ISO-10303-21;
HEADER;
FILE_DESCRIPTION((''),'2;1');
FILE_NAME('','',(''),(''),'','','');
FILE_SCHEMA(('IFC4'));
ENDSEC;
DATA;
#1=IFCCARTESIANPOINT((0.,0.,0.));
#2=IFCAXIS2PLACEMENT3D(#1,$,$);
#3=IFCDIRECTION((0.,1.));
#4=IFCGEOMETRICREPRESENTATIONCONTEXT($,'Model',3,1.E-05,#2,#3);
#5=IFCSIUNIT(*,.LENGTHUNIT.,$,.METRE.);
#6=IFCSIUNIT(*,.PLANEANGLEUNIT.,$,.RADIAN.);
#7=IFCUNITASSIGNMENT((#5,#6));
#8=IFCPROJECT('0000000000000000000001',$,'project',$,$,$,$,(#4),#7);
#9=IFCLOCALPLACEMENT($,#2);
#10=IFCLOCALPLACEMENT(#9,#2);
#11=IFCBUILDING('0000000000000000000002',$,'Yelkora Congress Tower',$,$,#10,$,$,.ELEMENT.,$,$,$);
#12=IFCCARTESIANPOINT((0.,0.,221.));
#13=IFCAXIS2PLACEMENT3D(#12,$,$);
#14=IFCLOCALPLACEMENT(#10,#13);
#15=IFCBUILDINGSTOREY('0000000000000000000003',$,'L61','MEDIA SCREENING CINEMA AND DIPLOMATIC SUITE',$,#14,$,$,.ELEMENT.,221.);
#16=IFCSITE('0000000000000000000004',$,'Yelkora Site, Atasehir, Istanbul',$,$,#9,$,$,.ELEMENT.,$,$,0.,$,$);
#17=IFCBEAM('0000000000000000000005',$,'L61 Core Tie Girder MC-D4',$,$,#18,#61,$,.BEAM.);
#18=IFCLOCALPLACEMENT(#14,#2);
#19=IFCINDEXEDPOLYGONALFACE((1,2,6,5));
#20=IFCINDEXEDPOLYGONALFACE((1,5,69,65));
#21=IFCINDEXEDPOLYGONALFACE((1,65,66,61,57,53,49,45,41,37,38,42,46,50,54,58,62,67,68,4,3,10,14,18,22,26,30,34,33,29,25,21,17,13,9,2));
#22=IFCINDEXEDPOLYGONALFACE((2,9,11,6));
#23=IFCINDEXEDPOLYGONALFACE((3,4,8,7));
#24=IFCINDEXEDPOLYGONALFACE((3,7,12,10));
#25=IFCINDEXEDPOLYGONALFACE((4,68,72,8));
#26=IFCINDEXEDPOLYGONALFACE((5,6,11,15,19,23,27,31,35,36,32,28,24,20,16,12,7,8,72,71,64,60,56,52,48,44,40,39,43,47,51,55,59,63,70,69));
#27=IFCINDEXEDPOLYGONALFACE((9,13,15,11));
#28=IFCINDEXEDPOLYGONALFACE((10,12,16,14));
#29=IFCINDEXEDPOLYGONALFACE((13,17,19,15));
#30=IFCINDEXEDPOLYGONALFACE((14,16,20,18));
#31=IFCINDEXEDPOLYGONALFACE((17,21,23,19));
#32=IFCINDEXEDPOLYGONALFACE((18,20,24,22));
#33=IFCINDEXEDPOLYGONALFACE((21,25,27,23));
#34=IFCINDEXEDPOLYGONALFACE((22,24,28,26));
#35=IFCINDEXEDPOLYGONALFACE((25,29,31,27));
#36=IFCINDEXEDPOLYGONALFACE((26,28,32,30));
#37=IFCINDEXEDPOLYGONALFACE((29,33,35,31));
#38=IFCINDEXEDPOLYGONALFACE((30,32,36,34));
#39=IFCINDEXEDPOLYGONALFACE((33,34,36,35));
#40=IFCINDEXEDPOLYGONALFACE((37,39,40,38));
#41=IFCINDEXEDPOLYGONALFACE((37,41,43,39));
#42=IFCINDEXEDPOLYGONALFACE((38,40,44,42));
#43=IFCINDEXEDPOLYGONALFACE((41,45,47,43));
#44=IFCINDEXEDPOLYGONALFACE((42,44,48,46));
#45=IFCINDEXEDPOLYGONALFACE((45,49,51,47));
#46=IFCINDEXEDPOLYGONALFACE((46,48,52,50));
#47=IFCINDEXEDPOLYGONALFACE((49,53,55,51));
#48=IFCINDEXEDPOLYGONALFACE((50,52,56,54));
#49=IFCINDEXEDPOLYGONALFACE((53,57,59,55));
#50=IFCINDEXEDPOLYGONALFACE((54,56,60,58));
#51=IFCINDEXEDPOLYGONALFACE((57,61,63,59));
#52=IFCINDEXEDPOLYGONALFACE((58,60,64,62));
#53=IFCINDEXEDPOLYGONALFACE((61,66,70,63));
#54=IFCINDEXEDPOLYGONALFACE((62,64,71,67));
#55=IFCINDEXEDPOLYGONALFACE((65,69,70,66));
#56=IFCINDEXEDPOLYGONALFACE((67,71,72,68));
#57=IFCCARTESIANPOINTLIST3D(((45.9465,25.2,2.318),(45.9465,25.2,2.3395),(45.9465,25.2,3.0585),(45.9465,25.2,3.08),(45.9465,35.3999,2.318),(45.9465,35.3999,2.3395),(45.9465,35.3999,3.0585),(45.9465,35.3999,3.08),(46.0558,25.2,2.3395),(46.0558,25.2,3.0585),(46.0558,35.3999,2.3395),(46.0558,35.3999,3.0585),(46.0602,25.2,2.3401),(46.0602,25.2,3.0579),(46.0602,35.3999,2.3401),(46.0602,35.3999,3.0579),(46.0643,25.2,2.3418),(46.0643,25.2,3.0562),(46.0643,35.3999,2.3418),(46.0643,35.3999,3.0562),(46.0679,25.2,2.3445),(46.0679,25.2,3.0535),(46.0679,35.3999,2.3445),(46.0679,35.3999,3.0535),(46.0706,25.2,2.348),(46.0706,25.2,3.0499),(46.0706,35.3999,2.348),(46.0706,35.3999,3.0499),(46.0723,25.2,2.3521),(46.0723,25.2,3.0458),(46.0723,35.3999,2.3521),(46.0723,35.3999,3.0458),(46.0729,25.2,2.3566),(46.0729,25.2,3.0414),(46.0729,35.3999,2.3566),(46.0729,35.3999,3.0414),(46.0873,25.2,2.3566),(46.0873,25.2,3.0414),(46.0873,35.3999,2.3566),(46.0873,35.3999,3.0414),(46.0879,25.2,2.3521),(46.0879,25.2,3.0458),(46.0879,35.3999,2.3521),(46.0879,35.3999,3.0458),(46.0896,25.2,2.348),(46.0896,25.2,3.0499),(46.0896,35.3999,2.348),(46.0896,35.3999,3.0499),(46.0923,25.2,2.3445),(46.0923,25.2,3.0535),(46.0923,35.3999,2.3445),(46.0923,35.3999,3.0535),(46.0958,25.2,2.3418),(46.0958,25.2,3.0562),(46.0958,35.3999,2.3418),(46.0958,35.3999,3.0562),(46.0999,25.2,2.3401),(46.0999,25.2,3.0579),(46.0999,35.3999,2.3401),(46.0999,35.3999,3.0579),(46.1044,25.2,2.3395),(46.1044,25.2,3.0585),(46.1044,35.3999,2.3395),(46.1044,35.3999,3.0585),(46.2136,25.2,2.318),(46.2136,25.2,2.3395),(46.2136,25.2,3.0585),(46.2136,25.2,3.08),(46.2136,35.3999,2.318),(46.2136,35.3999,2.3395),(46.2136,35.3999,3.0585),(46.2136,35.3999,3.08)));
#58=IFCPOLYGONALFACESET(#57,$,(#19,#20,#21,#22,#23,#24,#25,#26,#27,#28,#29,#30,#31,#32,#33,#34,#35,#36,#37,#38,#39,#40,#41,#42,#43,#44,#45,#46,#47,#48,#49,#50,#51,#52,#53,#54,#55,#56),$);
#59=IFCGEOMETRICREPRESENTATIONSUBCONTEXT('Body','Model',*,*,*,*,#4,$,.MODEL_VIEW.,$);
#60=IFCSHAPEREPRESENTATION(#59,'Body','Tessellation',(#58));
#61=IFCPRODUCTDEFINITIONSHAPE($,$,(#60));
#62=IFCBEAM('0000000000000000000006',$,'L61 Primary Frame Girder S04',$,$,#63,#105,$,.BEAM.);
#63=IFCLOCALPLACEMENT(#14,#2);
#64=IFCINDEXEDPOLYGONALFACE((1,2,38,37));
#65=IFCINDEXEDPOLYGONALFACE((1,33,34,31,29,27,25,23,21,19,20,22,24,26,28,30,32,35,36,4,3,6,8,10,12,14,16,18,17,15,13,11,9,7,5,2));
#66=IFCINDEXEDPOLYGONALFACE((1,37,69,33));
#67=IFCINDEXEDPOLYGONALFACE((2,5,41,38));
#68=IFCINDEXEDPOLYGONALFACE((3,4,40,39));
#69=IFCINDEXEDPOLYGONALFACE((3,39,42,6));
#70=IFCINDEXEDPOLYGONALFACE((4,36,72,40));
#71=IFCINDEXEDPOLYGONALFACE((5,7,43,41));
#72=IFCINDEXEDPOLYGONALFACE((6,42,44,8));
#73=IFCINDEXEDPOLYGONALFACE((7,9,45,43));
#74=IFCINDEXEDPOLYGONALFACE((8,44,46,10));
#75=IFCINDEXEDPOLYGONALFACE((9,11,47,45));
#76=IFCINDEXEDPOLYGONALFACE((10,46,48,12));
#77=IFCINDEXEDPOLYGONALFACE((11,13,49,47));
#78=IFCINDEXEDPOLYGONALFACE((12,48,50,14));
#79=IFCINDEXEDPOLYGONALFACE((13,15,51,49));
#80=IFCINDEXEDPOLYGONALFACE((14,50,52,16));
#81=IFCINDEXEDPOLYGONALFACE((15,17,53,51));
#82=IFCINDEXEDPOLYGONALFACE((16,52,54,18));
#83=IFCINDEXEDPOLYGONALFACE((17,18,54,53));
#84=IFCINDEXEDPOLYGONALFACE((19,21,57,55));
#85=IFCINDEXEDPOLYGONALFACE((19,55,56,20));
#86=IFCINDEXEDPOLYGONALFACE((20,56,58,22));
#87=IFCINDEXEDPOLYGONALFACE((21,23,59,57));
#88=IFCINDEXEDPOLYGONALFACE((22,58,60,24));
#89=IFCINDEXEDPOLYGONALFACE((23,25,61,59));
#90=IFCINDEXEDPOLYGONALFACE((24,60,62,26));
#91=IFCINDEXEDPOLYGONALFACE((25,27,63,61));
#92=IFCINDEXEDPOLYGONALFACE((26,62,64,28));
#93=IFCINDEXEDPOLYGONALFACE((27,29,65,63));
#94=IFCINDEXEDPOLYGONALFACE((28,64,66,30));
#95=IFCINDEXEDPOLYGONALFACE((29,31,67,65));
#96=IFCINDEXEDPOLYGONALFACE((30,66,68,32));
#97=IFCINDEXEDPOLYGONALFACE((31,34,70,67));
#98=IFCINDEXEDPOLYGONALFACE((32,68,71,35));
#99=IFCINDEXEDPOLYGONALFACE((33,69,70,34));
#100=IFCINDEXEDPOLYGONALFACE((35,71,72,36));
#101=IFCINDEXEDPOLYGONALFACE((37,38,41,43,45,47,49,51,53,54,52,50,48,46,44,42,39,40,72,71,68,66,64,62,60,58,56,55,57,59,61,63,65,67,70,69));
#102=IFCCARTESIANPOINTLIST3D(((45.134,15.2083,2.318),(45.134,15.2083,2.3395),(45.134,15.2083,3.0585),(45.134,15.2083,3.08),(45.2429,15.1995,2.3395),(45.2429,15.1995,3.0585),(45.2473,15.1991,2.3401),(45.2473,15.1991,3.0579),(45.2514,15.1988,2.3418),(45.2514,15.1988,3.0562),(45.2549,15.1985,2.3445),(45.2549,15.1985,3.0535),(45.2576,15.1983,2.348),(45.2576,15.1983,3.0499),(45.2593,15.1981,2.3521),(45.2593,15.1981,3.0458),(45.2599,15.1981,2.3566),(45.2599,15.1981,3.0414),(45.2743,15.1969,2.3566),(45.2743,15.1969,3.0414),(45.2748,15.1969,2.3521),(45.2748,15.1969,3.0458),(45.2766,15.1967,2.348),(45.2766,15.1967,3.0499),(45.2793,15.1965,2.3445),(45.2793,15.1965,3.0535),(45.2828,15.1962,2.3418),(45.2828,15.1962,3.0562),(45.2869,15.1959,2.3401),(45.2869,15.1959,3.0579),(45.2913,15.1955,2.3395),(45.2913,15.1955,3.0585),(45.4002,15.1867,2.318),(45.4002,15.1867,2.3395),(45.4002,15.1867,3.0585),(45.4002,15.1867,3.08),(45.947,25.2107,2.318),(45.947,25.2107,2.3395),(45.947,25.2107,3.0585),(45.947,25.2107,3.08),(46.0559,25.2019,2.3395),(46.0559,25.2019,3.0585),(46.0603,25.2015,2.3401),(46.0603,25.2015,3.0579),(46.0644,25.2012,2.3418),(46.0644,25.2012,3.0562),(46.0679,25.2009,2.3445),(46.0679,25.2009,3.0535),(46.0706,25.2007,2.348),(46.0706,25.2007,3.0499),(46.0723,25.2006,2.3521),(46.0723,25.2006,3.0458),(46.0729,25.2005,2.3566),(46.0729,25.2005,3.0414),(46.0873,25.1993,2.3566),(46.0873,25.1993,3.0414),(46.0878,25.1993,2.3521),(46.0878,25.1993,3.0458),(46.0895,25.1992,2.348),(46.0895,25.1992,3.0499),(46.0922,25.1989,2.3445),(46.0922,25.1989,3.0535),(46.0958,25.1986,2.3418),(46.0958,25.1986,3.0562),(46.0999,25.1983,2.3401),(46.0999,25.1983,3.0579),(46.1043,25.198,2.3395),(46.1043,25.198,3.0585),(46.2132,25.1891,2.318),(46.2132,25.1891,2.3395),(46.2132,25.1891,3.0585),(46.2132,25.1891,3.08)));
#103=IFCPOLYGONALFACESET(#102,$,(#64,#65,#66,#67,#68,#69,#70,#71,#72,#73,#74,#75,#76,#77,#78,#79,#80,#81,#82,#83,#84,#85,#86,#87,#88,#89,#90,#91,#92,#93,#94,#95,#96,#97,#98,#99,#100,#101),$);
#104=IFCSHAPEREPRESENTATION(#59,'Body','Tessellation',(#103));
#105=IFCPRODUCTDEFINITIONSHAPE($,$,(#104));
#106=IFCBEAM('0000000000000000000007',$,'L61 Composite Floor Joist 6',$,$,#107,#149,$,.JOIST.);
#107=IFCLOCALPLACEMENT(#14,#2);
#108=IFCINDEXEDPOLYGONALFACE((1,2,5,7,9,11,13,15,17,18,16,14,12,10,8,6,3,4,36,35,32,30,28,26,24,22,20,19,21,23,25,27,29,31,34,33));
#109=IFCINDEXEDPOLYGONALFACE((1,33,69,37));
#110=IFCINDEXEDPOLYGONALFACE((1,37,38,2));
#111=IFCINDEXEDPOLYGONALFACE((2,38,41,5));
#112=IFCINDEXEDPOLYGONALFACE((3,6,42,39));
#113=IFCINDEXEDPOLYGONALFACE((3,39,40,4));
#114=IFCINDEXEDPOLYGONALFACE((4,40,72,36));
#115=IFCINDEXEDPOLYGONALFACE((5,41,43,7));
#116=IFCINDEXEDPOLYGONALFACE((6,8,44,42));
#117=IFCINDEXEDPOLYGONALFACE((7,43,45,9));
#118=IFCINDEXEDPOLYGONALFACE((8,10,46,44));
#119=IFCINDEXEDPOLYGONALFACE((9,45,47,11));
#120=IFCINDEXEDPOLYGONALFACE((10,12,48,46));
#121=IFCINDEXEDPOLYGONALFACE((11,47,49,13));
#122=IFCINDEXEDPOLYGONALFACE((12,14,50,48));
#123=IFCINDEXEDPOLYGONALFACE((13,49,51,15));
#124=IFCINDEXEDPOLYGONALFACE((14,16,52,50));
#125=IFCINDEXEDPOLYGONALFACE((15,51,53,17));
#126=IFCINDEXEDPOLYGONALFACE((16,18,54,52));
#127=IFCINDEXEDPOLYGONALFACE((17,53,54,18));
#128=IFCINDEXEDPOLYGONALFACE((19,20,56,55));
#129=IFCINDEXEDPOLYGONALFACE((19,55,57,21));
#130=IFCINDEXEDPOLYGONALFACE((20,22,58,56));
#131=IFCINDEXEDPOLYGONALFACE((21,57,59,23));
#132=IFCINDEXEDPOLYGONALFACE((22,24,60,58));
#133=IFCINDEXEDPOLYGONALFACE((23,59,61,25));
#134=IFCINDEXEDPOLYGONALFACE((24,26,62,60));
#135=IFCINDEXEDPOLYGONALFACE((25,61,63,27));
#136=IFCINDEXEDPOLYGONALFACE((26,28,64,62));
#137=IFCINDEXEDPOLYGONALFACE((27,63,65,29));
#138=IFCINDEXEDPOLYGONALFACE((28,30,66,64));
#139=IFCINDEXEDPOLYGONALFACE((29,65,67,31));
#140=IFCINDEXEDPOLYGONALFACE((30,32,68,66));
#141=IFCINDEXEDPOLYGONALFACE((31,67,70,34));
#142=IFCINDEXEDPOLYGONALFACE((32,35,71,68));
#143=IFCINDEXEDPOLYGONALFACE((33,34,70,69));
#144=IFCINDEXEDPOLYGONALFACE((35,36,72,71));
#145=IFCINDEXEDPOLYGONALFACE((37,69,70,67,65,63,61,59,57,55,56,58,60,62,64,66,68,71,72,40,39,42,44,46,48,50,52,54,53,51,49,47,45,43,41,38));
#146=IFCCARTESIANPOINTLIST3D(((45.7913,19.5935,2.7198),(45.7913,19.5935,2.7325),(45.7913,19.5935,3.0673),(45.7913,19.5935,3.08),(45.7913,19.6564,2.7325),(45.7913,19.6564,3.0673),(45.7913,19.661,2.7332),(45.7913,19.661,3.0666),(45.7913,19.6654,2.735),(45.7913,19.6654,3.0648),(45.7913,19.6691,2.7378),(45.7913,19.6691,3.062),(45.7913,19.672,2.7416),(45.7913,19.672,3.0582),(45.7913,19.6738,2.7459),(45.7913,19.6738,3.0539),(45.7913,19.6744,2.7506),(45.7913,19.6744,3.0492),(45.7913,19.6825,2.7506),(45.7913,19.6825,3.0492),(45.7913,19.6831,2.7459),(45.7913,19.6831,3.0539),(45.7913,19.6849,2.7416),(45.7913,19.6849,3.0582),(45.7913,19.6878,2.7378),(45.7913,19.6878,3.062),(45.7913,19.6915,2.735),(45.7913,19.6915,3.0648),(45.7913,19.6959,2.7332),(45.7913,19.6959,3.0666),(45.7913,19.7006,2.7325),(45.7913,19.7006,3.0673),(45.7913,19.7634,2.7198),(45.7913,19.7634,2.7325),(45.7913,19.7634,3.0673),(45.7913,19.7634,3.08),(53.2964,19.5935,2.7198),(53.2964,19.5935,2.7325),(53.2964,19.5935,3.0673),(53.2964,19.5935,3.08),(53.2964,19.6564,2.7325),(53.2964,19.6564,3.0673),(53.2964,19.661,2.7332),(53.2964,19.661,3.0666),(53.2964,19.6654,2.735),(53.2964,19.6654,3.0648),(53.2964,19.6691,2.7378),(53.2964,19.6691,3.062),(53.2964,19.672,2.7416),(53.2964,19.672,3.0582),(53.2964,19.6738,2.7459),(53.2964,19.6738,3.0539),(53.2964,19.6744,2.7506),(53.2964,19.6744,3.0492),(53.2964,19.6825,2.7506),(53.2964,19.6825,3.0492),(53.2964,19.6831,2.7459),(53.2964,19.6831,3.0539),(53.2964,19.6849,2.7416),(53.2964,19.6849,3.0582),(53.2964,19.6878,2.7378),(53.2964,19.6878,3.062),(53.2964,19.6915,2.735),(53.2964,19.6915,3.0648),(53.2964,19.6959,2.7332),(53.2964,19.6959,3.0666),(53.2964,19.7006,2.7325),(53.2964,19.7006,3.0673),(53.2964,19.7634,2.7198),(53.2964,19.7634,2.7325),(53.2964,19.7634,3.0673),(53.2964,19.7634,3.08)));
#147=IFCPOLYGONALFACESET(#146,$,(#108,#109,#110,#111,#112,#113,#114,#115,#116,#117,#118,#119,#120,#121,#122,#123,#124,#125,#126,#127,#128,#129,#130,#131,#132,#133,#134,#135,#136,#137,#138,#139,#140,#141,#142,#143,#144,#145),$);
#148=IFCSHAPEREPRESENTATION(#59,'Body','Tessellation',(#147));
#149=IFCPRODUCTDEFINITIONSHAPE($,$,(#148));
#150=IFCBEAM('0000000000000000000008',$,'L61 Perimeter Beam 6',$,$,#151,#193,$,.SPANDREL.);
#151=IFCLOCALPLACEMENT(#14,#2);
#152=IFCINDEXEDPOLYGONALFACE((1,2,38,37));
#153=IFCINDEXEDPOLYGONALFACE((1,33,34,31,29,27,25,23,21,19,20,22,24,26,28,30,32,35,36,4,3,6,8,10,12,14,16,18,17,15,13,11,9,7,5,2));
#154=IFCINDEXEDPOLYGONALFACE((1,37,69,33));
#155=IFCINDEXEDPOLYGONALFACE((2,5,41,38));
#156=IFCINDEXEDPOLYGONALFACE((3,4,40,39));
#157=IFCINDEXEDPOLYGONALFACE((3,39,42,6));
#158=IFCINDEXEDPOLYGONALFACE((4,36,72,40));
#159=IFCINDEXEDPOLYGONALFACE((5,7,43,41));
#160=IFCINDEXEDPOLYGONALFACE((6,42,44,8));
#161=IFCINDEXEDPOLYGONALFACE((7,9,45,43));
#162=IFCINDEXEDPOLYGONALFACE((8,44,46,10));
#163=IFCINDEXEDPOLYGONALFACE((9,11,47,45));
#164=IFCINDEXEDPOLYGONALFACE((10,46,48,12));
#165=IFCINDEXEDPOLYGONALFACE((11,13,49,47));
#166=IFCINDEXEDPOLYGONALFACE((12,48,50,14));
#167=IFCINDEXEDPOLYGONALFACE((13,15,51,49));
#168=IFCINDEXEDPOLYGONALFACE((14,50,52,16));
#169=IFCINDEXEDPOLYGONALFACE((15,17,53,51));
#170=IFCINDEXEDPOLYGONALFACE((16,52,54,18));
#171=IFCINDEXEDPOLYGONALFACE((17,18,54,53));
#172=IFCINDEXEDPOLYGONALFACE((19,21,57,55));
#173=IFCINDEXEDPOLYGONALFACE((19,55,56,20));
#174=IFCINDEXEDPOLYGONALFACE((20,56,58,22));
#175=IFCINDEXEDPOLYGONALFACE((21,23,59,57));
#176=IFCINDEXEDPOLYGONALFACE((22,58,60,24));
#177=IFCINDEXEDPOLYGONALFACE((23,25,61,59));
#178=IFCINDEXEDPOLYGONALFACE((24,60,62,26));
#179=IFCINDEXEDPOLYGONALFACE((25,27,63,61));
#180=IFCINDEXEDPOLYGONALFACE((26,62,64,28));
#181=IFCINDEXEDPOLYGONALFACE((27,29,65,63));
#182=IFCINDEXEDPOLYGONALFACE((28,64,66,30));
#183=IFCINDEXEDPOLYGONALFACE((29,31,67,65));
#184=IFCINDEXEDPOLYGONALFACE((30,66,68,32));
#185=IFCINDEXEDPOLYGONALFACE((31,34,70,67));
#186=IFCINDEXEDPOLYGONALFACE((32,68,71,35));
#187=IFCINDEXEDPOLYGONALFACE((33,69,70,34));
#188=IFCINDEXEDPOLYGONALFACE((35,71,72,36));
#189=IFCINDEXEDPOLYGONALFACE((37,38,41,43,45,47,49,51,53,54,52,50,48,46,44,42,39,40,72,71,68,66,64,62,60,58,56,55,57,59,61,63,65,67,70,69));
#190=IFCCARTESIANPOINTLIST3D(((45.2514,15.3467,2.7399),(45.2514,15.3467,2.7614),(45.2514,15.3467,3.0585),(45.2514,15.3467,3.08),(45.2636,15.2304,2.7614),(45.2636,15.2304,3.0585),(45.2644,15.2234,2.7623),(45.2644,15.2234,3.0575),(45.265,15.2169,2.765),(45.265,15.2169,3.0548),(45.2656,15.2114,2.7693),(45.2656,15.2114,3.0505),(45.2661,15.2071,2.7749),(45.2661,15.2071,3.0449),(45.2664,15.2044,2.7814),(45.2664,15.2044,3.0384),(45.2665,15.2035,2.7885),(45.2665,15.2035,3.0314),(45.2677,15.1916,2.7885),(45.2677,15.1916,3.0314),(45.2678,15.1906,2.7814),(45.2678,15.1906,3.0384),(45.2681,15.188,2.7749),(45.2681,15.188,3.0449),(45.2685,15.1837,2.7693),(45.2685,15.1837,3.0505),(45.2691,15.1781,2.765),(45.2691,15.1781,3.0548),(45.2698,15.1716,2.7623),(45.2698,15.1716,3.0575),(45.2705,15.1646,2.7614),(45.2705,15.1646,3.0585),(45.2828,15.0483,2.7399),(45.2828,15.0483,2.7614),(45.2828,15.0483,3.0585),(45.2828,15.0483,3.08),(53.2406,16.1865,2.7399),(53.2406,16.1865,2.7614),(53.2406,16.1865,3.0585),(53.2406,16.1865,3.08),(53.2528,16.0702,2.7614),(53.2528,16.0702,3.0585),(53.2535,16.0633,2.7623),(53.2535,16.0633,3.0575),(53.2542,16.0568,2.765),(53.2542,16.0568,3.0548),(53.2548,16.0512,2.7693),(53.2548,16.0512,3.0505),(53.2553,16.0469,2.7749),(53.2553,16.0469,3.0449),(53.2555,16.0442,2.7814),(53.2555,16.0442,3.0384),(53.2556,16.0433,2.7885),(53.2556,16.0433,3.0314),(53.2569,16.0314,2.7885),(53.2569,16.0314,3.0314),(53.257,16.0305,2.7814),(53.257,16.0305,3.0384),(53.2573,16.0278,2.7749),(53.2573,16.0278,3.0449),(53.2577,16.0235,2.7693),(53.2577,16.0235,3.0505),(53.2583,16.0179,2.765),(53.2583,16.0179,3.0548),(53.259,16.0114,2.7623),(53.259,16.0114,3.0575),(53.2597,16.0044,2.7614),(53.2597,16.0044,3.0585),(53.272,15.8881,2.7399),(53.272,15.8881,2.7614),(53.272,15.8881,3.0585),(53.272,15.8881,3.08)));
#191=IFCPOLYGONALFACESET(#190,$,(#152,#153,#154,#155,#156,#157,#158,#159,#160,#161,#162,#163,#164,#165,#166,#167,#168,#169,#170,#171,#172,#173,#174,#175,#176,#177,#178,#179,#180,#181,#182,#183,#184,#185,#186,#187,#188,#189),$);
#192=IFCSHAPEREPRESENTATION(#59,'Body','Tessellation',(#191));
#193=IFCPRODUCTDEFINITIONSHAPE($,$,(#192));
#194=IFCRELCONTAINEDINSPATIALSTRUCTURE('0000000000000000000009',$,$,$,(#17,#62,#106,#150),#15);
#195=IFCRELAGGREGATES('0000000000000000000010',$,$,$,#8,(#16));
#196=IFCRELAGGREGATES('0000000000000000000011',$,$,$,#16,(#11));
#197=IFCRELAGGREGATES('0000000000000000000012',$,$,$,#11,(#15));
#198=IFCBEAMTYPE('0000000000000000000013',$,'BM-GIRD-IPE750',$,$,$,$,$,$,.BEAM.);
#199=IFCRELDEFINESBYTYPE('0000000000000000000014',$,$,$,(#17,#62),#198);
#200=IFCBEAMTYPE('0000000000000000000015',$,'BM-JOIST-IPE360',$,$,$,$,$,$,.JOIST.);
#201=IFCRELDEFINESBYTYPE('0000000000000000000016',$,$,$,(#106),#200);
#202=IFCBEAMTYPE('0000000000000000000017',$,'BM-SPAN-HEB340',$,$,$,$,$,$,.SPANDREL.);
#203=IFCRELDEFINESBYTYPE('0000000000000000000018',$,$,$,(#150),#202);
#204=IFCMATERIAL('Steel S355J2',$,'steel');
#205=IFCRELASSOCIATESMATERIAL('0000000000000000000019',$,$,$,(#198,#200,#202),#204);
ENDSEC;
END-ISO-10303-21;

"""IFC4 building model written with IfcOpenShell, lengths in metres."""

from ifc_helpers import new_model, si_unit, direction, frame, origin, origin_2d, place, context, subcontext, project, spatial, i_section, extrude, material, material_profile, profile_set, type_object, element, save


model = new_model("IFC4")

# Units and contexts
model_context = context("Model", 3, precision=1e-05, world=origin(), true_north=direction((0.0, 1.0)))
body_context = subcontext(model_context, "Body", "Model", "MODEL_VIEW")
ifc_project = project(units=[si_unit("LENGTHUNIT", "METRE"), si_unit("PLANEANGLEUNIT", "RADIAN")], contexts=[model_context])

# Site, building, storey
site_placement = place(None, origin())
site = spatial("IfcSite", under=ifc_project, at=site_placement, Name="Yelkora Site, Atasehir, Istanbul", CompositionType="ELEMENT", RefElevation=0.0)
building_placement = place(site_placement, origin())
building = spatial("IfcBuilding", under=site, at=building_placement, Name="Yelkora Congress Tower", CompositionType="ELEMENT")
storey_placement = place(building_placement, frame((0.0, 0.0, 221.0)))
storey = spatial("IfcBuildingStorey", under=building, at=storey_placement, Name="L61", Description="MEDIA SCREENING CINEMA AND DIPLOMATIC SUITE", CompositionType="ELEMENT", Elevation=221.0)

# Shared definitions
ifc_material_1 = material(Name="Steel S355J2", Category="steel")

# Beams
ifc_material_profile_1 = material_profile(ifc_material_1, i_section(OverallWidth=0.2671, OverallDepth=0.762, WebThickness=0.0144, FlangeThickness=0.0215, FilletRadius=0.0171, at=origin_2d()), Name="IPE 750x173")
ifc_profile_set_1 = profile_set([ifc_material_profile_1], Name="Steel S355J2")
beam_type_1 = type_object("IfcBeamType", Name="BM-GIRD-IPE750", PredefinedType="BEAM", material=ifc_profile_set_1)
for number, where, z_axis, x_axis, name in (
    (1, (46.0801, 25.2, 2.699), (0.0, 1.0, 0.0), (-1.0, 0.0, 0.0), "L61 Core Tie Girder MC-D4"),
):
    element("IfcBeam", number, at=place(storey_placement, frame(where, z_axis=z_axis, x_axis=x_axis)), inside=storey, type_object=beam_type_1, Name=name, PredefinedType="BEAM", context=body_context, shape_type="SweptSolid", body=[
        extrude(i_section(OverallWidth=0.2671, OverallDepth=0.762, WebThickness=0.0144, FlangeThickness=0.0215, FilletRadius=0.0171, at=origin_2d()), origin(), (0.0, 0.0, 1.0), 10.2),
    ])
beam_1_placement = place(storey_placement, frame((45.2671, 15.1975, 2.699), z_axis=(0.081012, 0.996713, 0.0), x_axis=(-0.996713, 0.081012, 0.0)))
element("IfcBeam", 2, at=beam_1_placement, inside=storey, type_object=beam_type_1, Name="L61 Primary Frame Girder S04", PredefinedType="BEAM", context=body_context, shape_type="SweptSolid", body=[
    extrude(i_section(OverallWidth=0.2671, OverallDepth=0.762, WebThickness=0.0144, FlangeThickness=0.0215, FilletRadius=0.0171, at=origin_2d()), origin(), (0.0, 0.0, 1.0), 10.0354),
])
ifc_material_profile_2 = material_profile(ifc_material_1, i_section(OverallWidth=0.1699, OverallDepth=0.3601, WebThickness=0.0081, FlangeThickness=0.0127, FilletRadius=0.0181, at=origin_2d()), Name="IPE 360")
ifc_profile_set_2 = profile_set([ifc_material_profile_2], Name="Steel S355J2")
beam_type_2 = type_object("IfcBeamType", Name="BM-JOIST-IPE360", PredefinedType="JOIST", material=ifc_profile_set_2)
beam_2_placement = place(storey_placement, frame((45.7913, 19.6785, 2.8999), z_axis=(1.0, 0.0, 0.0), x_axis=(0.0, 1.0, 0.0)))
element("IfcBeam", 3, at=beam_2_placement, inside=storey, type_object=beam_type_2, Name="L61 Composite Floor Joist 6", PredefinedType="JOIST", context=body_context, shape_type="SweptSolid", body=[
    extrude(i_section(OverallWidth=0.1699, OverallDepth=0.3601, WebThickness=0.0081, FlangeThickness=0.0127, FilletRadius=0.0181, at=origin_2d()), origin(), (0.0, 0.0, 1.0), 7.5051),
])
ifc_material_profile_3 = material_profile(ifc_material_1, i_section(OverallWidth=0.3, OverallDepth=0.3401, WebThickness=0.012, FlangeThickness=0.0215, FilletRadius=0.0271, at=origin_2d()), Name="HEB 340")
ifc_profile_set_3 = profile_set([ifc_material_profile_3], Name="Steel S355J2")
beam_type_3 = type_object("IfcBeamType", Name="BM-SPAN-HEB340", PredefinedType="SPANDREL", material=ifc_profile_set_3)
beam_3_placement = place(storey_placement, frame((45.2671, 15.1975, 2.9099), z_axis=(0.99452, 0.104546, 0.0), x_axis=(-0.104546, 0.99452, 0.0)))
element("IfcBeam", 4, at=beam_3_placement, inside=storey, type_object=beam_type_3, Name="L61 Perimeter Beam 6", PredefinedType="SPANDREL", context=body_context, shape_type="SweptSolid", body=[
    extrude(i_section(OverallWidth=0.3, OverallDepth=0.3401, WebThickness=0.012, FlangeThickness=0.0215, FilletRadius=0.0271, at=origin_2d()), origin(), (0.0, 0.0, 1.0), 8.0332),
])

save(model, "model.ifc")
